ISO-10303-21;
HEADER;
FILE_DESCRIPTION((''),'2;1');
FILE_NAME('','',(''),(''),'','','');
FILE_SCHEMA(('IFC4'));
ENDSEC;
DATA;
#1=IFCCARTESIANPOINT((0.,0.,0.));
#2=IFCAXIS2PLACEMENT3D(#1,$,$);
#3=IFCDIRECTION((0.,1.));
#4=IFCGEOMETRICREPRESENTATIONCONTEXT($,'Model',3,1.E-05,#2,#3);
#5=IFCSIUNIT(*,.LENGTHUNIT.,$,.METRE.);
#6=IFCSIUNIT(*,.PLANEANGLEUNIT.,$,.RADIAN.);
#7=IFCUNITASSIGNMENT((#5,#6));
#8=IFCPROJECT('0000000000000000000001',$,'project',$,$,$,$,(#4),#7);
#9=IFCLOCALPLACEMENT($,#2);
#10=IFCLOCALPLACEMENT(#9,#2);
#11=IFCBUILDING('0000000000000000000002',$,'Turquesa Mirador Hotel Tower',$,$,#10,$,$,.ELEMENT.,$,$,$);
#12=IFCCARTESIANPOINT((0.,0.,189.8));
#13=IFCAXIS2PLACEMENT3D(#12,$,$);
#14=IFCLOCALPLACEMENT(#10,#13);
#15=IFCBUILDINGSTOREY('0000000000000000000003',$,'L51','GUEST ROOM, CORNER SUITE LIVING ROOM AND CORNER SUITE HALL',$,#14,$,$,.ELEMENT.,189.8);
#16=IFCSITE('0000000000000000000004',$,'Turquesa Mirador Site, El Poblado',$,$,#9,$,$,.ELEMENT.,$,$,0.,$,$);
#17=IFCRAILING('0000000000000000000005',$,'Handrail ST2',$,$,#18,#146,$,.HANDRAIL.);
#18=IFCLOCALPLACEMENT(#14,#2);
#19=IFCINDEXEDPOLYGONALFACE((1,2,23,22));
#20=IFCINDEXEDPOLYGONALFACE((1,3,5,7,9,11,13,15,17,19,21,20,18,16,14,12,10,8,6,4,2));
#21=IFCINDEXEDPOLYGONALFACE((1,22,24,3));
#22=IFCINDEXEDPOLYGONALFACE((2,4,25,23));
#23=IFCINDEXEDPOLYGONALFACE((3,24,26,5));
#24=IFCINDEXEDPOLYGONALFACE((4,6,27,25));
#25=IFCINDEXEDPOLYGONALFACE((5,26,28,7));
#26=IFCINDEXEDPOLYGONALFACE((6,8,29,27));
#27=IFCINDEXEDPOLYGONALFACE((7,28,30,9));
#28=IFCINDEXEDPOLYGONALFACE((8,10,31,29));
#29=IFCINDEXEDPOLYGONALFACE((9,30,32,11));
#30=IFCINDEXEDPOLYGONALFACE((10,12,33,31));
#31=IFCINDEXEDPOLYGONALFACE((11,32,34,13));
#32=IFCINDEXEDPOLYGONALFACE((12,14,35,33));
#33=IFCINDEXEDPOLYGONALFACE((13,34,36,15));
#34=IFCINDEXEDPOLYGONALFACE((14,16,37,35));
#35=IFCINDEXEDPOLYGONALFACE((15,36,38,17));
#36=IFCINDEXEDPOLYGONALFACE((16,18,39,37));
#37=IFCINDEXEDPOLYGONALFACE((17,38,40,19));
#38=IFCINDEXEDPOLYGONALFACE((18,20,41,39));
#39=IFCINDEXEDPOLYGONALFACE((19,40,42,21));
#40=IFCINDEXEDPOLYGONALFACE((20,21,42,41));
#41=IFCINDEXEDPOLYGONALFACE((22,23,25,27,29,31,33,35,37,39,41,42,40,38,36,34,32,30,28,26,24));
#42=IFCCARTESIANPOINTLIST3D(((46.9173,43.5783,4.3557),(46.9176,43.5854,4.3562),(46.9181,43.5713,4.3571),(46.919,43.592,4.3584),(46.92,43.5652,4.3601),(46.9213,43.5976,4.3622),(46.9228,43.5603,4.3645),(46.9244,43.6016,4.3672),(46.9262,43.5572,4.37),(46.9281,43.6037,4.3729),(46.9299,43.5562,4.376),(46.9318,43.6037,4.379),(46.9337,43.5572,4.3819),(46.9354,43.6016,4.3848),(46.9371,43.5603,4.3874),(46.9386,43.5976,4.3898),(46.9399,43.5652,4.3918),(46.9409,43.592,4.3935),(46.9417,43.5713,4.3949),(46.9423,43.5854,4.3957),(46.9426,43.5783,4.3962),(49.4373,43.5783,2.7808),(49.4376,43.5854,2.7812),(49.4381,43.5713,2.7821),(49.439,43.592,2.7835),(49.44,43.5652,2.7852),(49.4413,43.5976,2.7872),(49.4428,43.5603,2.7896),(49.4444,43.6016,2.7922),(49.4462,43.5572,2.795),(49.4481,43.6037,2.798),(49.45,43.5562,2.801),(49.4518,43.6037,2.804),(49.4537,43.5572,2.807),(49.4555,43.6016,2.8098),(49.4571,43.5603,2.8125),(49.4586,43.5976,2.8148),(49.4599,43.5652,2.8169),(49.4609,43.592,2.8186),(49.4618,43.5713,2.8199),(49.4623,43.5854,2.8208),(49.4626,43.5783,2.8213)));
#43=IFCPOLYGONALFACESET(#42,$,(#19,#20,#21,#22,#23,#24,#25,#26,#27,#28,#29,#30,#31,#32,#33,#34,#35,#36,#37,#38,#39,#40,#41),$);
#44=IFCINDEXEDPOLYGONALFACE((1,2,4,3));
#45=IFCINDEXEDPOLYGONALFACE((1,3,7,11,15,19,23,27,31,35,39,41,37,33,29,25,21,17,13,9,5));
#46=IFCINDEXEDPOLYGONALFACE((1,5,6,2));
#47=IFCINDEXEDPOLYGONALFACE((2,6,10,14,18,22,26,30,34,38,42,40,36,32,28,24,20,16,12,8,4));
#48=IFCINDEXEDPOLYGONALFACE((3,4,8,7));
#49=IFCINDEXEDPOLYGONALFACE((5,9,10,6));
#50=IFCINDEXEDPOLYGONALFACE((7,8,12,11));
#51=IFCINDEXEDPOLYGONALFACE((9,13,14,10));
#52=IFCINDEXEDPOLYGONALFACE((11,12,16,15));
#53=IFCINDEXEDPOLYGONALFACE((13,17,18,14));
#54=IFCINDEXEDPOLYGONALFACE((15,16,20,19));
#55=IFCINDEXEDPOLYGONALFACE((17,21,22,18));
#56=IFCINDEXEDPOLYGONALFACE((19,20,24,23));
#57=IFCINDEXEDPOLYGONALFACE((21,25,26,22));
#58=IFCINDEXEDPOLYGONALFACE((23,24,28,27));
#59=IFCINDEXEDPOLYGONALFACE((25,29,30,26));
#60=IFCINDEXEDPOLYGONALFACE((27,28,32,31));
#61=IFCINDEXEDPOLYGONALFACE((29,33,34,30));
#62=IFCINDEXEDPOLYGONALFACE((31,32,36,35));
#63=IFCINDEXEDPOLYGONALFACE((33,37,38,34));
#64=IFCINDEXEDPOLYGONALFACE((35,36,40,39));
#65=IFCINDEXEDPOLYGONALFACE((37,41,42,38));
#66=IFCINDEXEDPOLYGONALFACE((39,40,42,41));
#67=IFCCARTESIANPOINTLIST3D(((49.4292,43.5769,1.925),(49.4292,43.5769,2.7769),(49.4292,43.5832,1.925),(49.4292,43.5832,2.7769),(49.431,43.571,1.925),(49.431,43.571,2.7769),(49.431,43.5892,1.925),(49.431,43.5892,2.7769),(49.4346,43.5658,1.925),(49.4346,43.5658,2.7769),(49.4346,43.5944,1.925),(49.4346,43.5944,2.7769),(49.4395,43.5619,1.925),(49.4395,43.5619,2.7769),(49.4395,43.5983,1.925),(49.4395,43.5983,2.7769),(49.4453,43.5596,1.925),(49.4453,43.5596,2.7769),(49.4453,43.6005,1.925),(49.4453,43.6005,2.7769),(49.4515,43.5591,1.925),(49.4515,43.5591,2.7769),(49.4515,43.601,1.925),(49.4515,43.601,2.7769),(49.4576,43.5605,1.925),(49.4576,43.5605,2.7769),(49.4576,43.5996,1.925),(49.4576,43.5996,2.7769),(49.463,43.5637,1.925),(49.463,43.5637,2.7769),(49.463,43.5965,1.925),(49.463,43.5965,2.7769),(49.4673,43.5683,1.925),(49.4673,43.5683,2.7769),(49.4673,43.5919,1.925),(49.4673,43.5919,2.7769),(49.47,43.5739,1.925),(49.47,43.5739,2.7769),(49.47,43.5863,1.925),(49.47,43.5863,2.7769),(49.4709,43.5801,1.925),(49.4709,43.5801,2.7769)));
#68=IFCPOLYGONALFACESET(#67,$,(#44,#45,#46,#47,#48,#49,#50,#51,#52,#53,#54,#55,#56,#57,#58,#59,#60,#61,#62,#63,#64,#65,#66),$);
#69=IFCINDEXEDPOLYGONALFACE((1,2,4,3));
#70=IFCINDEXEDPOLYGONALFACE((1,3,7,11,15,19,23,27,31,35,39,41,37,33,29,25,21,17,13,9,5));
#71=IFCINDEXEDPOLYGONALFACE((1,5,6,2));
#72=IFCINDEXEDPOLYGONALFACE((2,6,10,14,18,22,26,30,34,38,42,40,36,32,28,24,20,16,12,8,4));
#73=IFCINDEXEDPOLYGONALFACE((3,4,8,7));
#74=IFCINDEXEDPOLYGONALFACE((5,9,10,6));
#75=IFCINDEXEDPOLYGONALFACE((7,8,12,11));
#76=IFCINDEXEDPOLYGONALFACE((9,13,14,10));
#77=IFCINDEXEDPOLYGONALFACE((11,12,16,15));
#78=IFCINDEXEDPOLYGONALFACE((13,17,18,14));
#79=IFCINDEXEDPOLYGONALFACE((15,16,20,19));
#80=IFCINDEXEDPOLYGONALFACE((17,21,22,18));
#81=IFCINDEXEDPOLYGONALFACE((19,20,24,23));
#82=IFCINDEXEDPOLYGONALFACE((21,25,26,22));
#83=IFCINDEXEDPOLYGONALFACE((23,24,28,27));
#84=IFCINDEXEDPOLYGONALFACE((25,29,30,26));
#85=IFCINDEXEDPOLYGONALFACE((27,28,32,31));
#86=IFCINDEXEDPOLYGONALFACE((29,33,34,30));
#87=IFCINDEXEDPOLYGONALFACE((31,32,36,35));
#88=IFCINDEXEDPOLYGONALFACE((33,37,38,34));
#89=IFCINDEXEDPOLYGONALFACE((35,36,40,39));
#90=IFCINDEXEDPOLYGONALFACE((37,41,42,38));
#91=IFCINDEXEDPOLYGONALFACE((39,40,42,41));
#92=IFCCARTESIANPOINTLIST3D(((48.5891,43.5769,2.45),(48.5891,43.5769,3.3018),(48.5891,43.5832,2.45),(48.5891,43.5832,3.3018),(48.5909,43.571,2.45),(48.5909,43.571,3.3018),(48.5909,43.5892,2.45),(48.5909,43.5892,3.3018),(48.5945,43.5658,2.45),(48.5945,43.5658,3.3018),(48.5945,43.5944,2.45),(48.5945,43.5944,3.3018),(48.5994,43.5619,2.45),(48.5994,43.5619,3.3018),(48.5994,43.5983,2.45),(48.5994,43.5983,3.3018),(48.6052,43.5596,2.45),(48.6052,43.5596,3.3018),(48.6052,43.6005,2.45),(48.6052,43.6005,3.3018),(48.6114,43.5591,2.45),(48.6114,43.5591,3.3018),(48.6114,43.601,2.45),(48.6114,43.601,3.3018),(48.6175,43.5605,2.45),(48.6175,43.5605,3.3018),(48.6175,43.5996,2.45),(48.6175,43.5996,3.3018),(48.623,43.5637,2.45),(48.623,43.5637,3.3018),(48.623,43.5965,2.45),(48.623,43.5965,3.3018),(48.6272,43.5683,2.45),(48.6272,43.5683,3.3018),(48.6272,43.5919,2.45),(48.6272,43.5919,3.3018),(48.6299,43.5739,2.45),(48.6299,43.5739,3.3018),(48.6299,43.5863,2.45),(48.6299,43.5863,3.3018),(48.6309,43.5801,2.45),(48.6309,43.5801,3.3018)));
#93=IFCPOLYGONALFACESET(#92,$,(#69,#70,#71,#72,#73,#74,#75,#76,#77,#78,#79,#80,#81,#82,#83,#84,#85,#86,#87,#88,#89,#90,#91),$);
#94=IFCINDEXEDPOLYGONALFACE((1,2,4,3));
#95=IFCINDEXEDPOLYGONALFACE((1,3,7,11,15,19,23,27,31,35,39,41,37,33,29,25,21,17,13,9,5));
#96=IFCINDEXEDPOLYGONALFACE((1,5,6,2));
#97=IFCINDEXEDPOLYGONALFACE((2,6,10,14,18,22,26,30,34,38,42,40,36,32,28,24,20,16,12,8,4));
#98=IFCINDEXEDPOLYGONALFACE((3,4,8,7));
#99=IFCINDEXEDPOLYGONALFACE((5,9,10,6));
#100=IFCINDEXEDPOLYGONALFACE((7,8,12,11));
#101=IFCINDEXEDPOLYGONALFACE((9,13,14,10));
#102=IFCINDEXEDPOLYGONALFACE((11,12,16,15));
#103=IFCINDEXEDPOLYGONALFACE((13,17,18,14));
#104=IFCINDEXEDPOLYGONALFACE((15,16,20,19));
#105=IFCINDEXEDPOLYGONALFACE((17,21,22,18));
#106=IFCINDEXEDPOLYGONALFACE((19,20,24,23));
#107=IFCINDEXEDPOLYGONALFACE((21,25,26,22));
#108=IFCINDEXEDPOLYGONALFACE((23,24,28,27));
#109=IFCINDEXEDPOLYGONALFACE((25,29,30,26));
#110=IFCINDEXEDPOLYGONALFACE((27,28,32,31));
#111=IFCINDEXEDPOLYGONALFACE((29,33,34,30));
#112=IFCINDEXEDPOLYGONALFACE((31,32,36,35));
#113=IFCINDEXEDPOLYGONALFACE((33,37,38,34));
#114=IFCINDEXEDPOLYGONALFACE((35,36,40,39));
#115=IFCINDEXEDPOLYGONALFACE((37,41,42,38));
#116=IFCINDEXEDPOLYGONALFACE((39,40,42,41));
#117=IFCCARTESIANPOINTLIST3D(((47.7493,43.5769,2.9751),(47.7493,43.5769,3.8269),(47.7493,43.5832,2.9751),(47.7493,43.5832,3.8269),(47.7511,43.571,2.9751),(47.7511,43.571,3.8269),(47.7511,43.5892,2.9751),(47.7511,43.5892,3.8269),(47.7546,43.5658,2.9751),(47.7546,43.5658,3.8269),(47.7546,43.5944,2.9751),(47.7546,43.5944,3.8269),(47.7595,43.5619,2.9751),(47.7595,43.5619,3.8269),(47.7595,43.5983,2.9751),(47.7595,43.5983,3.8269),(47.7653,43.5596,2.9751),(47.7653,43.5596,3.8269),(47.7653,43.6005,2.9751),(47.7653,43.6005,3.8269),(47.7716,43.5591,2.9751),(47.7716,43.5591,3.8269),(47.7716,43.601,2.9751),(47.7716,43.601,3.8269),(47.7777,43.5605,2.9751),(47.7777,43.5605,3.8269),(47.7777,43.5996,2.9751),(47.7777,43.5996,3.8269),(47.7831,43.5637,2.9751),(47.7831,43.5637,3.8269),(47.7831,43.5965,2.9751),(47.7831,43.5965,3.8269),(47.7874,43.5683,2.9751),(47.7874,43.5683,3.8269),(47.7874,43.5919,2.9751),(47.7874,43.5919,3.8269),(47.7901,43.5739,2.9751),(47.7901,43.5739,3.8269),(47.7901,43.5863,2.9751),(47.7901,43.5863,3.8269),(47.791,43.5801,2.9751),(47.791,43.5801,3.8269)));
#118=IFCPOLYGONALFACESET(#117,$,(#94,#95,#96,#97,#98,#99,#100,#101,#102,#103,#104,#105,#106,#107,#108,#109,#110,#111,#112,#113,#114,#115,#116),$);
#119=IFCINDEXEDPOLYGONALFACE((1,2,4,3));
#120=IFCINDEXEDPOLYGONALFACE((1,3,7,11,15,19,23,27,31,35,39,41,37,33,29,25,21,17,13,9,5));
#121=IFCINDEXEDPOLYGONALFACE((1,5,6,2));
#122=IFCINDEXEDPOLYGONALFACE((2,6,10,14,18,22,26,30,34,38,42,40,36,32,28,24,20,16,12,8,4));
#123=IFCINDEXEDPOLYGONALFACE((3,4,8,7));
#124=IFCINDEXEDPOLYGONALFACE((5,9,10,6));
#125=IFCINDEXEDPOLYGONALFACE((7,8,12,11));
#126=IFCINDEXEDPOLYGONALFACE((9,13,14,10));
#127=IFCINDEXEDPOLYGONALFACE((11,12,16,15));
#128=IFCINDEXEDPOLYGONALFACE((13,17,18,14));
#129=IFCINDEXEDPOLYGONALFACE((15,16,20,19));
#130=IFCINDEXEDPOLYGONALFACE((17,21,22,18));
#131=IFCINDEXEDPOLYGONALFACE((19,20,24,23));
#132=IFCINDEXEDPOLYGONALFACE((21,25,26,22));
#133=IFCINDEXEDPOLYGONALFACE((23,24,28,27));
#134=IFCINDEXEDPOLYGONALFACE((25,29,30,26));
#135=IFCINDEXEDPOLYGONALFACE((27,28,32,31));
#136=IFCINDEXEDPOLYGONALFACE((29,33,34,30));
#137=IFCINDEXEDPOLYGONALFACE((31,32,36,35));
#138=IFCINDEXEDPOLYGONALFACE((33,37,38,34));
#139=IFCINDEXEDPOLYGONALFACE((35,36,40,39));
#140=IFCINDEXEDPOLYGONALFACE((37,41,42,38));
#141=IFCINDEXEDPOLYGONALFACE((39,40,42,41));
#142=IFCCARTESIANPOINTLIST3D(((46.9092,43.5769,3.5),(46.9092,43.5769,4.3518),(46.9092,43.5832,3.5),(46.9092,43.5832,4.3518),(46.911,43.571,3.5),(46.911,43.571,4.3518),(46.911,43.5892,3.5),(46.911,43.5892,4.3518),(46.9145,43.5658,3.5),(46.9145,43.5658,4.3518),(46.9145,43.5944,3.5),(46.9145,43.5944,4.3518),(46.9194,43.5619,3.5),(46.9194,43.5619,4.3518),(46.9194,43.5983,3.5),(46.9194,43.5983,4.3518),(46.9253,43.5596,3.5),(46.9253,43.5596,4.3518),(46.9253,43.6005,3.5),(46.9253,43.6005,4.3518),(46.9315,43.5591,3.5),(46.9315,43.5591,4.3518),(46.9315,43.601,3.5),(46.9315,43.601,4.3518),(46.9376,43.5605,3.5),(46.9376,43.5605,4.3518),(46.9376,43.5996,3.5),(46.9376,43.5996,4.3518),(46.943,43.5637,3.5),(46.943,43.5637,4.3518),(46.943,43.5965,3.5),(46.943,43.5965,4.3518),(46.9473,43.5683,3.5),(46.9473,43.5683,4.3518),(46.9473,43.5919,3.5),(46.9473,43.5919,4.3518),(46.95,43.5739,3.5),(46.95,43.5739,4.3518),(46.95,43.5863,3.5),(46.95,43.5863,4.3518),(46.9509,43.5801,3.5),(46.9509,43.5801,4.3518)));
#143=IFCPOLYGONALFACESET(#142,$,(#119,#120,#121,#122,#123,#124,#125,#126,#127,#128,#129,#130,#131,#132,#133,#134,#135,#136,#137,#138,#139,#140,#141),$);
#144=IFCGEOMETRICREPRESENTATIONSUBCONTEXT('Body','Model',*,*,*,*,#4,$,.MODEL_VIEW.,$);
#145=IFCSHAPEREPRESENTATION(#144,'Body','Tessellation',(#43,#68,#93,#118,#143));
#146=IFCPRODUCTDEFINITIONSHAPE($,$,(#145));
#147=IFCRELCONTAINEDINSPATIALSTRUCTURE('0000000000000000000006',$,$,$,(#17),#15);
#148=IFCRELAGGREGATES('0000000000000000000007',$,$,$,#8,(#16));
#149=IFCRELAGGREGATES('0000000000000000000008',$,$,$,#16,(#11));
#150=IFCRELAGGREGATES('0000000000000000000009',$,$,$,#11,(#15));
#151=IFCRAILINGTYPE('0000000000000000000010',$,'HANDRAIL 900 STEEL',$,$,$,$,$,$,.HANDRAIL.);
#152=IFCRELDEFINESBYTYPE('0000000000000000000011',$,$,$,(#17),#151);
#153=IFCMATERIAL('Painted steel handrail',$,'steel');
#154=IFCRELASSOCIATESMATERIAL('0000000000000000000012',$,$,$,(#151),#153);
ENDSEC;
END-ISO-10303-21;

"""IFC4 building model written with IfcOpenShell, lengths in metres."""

from ifc_helpers import new_model, si_unit, direction, frame, origin, origin_2d, place, context, subcontext, project, spatial, circle, extrude, material, type_object, element, save


model = new_model("IFC4")

# Units and contexts
model_context = context("Model", 3, precision=1e-05, world=origin(), true_north=direction((0.0, 1.0)))
body_context = subcontext(model_context, "Body", "Model", "MODEL_VIEW")
ifc_project = project(units=[si_unit("LENGTHUNIT", "METRE"), si_unit("PLANEANGLEUNIT", "RADIAN")], contexts=[model_context])

# Site, building, storey
site_placement = place(None, origin())
site = spatial("IfcSite", under=ifc_project, at=site_placement, Name="Turquesa Mirador Site, El Poblado", CompositionType="ELEMENT", RefElevation=0.0)
building_placement = place(site_placement, origin())
building = spatial("IfcBuilding", under=site, at=building_placement, Name="Turquesa Mirador Hotel Tower", CompositionType="ELEMENT")
storey_placement = place(building_placement, frame((0.0, 0.0, 189.8)))
storey = spatial("IfcBuildingStorey", under=building, at=storey_placement, Name="L51", Description="GUEST ROOM, CORNER SUITE LIVING ROOM AND CORNER SUITE HALL", CompositionType="ELEMENT", Elevation=189.8)

# Railing
ifc_material_1 = material(Name="Painted steel handrail", Category="steel")
railing_type = type_object("IfcRailingType", Name="HANDRAIL 900 STEEL", PredefinedType="HANDRAIL", material=ifc_material_1)
railing_1_placement = place(storey_placement, frame((49.45, 43.5801, 1.925)))
element("IfcRailing", 1, at=railing_1_placement, inside=storey, type_object=railing_type, Name="Handrail ST2", PredefinedType="HANDRAIL", context=body_context, shape_type="SweptSolid", body=[
    extrude(circle(Radius=0.0239, at=origin_2d()), frame((0.0, 0.0, 0.876), z_axis=(-0.848008, 0.0, 0.529984), x_axis=(0.0, -1.0, 0.0)), (0.0, 0.0, 1.0), 2.9717),
    extrude(circle(Radius=0.021, at=origin_2d()), origin(), (0.0, 0.0, 1.0), 0.8518),
    extrude(circle(Radius=0.021, at=origin_2d()), frame((-0.8401, 0.0, 0.5249)), (0.0, 0.0, 1.0), 0.8518),
    extrude(circle(Radius=0.021, at=origin_2d()), frame((-1.6799, 0.0, 1.05)), (0.0, 0.0, 1.0), 0.8518),
    extrude(circle(Radius=0.021, at=origin_2d()), frame((-2.52, 0.0, 1.575)), (0.0, 0.0, 1.0), 0.8518),
])

save(model, "model.ifc")
